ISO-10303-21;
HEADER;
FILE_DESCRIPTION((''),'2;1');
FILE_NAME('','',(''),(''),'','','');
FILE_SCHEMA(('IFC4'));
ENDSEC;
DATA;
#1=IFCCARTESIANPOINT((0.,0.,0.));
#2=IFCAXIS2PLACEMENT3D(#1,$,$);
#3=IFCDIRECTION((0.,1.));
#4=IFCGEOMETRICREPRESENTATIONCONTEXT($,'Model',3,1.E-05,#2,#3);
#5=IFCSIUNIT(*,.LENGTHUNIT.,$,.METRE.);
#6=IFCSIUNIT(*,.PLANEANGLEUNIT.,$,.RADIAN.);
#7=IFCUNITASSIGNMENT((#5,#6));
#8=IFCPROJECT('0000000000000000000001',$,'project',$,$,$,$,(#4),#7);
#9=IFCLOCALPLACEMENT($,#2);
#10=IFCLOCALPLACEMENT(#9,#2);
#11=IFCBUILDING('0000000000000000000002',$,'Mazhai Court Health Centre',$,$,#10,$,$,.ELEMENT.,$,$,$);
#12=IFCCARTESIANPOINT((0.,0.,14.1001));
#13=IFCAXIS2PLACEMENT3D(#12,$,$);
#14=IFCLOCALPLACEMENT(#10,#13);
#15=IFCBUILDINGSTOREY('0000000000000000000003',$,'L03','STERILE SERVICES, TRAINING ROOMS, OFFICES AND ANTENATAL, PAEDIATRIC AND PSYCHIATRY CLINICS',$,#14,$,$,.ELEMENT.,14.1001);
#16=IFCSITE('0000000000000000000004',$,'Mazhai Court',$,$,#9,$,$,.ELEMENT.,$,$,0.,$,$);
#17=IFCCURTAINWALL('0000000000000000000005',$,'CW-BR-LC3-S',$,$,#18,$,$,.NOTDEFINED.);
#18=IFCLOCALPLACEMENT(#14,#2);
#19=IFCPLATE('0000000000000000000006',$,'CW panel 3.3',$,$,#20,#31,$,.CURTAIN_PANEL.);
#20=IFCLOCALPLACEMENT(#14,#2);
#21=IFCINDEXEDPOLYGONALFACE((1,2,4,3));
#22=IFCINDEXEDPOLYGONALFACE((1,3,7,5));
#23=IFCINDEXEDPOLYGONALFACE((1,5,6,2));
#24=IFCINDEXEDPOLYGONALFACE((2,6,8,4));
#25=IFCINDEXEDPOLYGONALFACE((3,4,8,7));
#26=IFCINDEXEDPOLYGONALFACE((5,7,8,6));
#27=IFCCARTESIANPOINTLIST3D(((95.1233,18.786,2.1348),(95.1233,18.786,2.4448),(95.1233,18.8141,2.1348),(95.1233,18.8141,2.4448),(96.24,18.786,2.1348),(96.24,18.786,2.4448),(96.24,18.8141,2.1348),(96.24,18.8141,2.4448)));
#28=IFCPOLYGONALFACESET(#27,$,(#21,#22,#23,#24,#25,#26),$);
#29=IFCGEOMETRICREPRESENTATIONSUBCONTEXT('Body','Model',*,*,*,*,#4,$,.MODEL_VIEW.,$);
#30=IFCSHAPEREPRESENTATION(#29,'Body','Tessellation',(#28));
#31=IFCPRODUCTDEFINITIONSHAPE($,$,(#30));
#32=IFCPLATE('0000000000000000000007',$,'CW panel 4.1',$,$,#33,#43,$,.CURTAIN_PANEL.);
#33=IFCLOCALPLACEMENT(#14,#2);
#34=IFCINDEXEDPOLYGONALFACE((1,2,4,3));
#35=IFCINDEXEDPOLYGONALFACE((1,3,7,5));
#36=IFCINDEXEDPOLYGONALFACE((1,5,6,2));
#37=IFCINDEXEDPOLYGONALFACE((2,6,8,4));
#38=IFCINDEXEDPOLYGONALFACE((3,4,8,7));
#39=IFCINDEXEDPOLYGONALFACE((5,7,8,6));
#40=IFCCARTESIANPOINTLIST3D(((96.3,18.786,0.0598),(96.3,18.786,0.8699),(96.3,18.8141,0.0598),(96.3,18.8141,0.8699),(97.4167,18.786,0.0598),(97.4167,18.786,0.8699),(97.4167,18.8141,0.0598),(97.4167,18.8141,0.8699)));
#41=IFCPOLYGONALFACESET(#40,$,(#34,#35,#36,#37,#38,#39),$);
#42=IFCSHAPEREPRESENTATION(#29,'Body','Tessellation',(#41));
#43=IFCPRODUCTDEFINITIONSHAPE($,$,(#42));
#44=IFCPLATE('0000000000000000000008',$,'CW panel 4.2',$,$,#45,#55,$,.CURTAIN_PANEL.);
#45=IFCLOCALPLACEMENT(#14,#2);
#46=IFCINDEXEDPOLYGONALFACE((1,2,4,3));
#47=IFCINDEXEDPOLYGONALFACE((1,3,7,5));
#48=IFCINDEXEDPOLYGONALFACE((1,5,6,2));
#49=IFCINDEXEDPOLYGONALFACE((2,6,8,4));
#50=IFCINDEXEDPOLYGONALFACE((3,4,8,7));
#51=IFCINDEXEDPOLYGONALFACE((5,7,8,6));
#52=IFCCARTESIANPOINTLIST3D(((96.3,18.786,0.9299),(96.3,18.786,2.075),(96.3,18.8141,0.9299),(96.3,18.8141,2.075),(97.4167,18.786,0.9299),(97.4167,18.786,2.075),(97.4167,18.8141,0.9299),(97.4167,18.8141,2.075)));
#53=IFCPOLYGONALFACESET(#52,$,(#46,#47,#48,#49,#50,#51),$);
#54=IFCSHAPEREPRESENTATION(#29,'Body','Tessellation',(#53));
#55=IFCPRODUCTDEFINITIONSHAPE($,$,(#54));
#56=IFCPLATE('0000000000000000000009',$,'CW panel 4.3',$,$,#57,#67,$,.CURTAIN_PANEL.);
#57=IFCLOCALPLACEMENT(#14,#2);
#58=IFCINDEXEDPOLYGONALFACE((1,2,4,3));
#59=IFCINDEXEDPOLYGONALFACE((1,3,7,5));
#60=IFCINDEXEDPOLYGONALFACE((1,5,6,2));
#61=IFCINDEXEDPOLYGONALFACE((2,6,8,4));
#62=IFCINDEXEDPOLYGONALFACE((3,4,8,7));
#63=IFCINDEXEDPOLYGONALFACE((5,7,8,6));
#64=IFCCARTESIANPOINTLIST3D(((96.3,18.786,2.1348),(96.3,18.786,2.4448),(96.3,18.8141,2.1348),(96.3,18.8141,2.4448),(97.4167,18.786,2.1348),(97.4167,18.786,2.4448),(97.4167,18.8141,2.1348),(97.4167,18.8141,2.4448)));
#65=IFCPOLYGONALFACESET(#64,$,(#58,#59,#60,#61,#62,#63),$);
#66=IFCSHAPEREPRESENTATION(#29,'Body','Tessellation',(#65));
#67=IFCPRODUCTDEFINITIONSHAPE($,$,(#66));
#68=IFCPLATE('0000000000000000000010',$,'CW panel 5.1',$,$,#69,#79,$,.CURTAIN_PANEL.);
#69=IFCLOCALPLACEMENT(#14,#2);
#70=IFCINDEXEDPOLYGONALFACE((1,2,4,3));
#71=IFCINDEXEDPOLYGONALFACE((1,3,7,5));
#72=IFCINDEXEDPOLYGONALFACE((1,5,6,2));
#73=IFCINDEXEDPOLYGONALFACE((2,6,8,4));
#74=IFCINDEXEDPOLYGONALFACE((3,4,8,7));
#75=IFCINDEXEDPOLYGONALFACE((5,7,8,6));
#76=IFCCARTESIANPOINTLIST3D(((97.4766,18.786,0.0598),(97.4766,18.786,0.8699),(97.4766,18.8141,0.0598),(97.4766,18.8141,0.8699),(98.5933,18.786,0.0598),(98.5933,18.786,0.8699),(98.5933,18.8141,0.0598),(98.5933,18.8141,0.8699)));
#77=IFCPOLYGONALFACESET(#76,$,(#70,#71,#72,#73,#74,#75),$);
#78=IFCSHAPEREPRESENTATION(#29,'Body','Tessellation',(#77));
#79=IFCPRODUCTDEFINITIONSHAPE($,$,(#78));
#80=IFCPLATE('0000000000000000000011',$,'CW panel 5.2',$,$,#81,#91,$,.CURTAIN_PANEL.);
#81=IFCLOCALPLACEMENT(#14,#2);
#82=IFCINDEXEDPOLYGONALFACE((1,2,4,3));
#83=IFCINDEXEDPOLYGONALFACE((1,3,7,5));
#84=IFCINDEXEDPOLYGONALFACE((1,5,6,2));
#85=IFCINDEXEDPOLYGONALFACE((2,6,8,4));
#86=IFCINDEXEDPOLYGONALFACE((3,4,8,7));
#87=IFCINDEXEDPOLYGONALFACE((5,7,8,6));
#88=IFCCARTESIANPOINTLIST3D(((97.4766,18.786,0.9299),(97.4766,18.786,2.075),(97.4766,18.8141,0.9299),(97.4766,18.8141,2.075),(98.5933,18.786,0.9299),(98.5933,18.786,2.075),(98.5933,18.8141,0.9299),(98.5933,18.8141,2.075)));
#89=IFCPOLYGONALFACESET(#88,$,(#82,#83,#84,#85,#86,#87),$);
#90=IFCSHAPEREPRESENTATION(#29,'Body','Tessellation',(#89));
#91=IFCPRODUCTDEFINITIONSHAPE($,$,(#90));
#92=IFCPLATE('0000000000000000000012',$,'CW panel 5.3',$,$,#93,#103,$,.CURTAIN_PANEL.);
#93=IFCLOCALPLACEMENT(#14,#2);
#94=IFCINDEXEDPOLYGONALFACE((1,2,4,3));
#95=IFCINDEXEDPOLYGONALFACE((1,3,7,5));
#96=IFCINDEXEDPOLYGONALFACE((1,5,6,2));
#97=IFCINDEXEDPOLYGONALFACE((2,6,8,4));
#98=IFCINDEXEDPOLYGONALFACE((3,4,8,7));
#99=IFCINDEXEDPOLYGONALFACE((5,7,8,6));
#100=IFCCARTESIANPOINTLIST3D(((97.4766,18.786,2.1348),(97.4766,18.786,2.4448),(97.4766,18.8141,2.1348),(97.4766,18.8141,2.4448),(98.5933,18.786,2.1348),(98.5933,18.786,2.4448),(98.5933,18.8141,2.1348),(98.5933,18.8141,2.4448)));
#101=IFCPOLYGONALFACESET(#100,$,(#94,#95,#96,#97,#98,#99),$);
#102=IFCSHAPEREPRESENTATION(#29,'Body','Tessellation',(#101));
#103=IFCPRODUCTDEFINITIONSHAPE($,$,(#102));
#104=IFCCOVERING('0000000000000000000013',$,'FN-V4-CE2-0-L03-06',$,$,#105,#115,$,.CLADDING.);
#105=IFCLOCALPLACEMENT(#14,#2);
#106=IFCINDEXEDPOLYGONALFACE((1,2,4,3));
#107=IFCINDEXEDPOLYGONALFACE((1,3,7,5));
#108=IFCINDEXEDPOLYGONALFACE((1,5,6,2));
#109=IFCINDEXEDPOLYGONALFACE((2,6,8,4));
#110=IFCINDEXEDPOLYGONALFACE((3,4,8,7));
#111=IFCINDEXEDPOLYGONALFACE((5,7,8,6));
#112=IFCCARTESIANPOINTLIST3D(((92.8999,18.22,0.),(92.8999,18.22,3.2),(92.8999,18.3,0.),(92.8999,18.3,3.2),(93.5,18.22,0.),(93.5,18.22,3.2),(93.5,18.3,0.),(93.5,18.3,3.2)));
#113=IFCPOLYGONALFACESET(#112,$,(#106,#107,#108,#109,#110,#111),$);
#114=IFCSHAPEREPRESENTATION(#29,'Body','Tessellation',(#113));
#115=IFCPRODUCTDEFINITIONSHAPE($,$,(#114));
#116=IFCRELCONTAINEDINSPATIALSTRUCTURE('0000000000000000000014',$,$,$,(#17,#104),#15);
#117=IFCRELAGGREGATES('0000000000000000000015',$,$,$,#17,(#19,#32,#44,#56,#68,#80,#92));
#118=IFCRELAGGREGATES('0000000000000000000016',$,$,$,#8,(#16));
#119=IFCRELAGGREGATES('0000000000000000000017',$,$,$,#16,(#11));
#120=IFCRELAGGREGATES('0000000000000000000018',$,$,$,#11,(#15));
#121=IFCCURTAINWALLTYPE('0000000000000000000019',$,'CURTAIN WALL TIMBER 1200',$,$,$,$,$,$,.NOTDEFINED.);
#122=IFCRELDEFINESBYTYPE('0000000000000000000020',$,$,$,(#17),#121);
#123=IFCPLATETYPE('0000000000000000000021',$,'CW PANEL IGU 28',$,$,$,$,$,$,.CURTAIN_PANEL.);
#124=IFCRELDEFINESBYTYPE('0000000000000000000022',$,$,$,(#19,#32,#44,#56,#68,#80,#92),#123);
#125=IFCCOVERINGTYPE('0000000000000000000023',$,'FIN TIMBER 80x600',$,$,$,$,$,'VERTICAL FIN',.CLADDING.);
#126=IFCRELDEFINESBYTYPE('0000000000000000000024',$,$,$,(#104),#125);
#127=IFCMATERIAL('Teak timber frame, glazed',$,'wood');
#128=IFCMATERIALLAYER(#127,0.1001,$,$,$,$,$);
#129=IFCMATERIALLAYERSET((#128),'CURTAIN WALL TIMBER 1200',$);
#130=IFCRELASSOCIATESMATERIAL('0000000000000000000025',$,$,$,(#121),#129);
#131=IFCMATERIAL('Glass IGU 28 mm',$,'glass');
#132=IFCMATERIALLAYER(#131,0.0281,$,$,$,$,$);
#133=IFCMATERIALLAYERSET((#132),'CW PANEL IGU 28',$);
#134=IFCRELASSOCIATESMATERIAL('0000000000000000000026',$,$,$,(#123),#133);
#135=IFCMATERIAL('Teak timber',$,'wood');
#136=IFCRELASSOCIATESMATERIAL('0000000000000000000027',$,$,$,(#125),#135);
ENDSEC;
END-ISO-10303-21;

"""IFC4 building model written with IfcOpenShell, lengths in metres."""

from ifc_helpers import new_model, si_unit, direction, frame, origin, origin_2d, place, context, subcontext, project, spatial, rectangle, extrude, material, layer, layer_set, type_object, element, aggregate, save


model = new_model("IFC4")

# Units and contexts
model_context = context("Model", 3, precision=1e-05, world=origin(), true_north=direction((0.0, 1.0)))
body_context = subcontext(model_context, "Body", "Model", "MODEL_VIEW")
ifc_project = project(units=[si_unit("LENGTHUNIT", "METRE"), si_unit("PLANEANGLEUNIT", "RADIAN")], contexts=[model_context])

# Site, building, storey
site_placement = place(None, origin())
site = spatial("IfcSite", under=ifc_project, at=site_placement, Name="Mazhai Court", CompositionType="ELEMENT", RefElevation=0.0)
building_placement = place(site_placement, origin())
building = spatial("IfcBuilding", under=site, at=building_placement, Name="Mazhai Court Health Centre", CompositionType="ELEMENT")
storey_placement = place(building_placement, frame((0.0, 0.0, 14.1001)))
storey = spatial("IfcBuildingStorey", under=building, at=storey_placement, Name="L03", Description="STERILE SERVICES, TRAINING ROOMS, OFFICES AND ANTENATAL, PAEDIATRIC AND PSYCHIATRY CLINICS", CompositionType="ELEMENT", Elevation=14.1001)

# Curtain wall, plates
ifc_material_1 = material(Name="Teak timber frame, glazed", Category="wood")
ifc_layer_1 = layer(ifc_material_1, 0.1001)
ifc_layer_set_1 = layer_set([ifc_layer_1], Name="CURTAIN WALL TIMBER 1200")
curtain_wall_type = type_object("IfcCurtainWallType", Name="CURTAIN WALL TIMBER 1200", PredefinedType="NOTDEFINED", material=ifc_layer_set_1)
curtain_wall_placement = place(storey_placement, origin())
curtain_wall = element("IfcCurtainWall", 1, at=curtain_wall_placement, inside=storey, type_object=curtain_wall_type, Name="CW-BR-LC3-S", PredefinedType="NOTDEFINED")
ifc_material_2 = material(Name="Glass IGU 28 mm", Category="glass")
ifc_layer_2 = layer(ifc_material_2, 0.0281)
ifc_layer_set_2 = layer_set([ifc_layer_2], Name="CW PANEL IGU 28")
plate_type = type_object("IfcPlateType", Name="CW PANEL IGU 28", PredefinedType="CURTAIN_PANEL", material=ifc_layer_set_2)
plate_1_placement = place(storey_placement, frame((95.6816, 18.8, 2.1348), z_axis=(0.0, 0.0, 1.0), x_axis=(1.0, 0.0, 0.0)))
plate_1 = element("IfcPlate", 2, at=plate_1_placement, type_object=plate_type, Name="CW panel 3.3", PredefinedType="CURTAIN_PANEL", context=body_context, shape_type="SweptSolid", body=[
    extrude(rectangle(XDim=1.1167, YDim=0.0281, at=origin_2d()), origin(), (0.0, 0.0, 1.0), 0.3101),
])
plate_2_placement = place(storey_placement, frame((96.8584, 18.8, 0.0598), z_axis=(0.0, 0.0, 1.0), x_axis=(1.0, 0.0, 0.0)))
plate_2 = element("IfcPlate", 3, at=plate_2_placement, type_object=plate_type, Name="CW panel 4.1", PredefinedType="CURTAIN_PANEL", context=body_context, shape_type="SweptSolid", body=[
    extrude(rectangle(XDim=1.1167, YDim=0.0281, at=origin_2d()), origin(), (0.0, 0.0, 1.0), 0.8101),
])
plate_3_placement = place(storey_placement, frame((96.8584, 18.8, 0.9299), z_axis=(0.0, 0.0, 1.0), x_axis=(1.0, 0.0, 0.0)))
plate_3 = element("IfcPlate", 4, at=plate_3_placement, type_object=plate_type, Name="CW panel 4.2", PredefinedType="CURTAIN_PANEL", context=body_context, shape_type="SweptSolid", body=[
    extrude(rectangle(XDim=1.1167, YDim=0.0281, at=origin_2d()), origin(), (0.0, 0.0, 1.0), 1.145),
])
plate_4_placement = place(storey_placement, frame((96.8584, 18.8, 2.1348), z_axis=(0.0, 0.0, 1.0), x_axis=(1.0, 0.0, 0.0)))
plate_4 = element("IfcPlate", 5, at=plate_4_placement, type_object=plate_type, Name="CW panel 4.3", PredefinedType="CURTAIN_PANEL", context=body_context, shape_type="SweptSolid", body=[
    extrude(rectangle(XDim=1.1167, YDim=0.0281, at=origin_2d()), origin(), (0.0, 0.0, 1.0), 0.3101),
])
plate_5_placement = place(storey_placement, frame((98.0349, 18.8, 0.0598), z_axis=(0.0, 0.0, 1.0), x_axis=(1.0, 0.0, 0.0)))
plate_5 = element("IfcPlate", 6, at=plate_5_placement, type_object=plate_type, Name="CW panel 5.1", PredefinedType="CURTAIN_PANEL", context=body_context, shape_type="SweptSolid", body=[
    extrude(rectangle(XDim=1.1167, YDim=0.0281, at=origin_2d()), origin(), (0.0, 0.0, 1.0), 0.8101),
])
plate_6_placement = place(storey_placement, frame((98.0349, 18.8, 0.9299), z_axis=(0.0, 0.0, 1.0), x_axis=(1.0, 0.0, 0.0)))
plate_6 = element("IfcPlate", 7, at=plate_6_placement, type_object=plate_type, Name="CW panel 5.2", PredefinedType="CURTAIN_PANEL", context=body_context, shape_type="SweptSolid", body=[
    extrude(rectangle(XDim=1.1167, YDim=0.0281, at=origin_2d()), origin(), (0.0, 0.0, 1.0), 1.145),
])
plate_7_placement = place(storey_placement, frame((98.0349, 18.8, 2.1348), z_axis=(0.0, 0.0, 1.0), x_axis=(1.0, 0.0, 0.0)))
plate_7 = element("IfcPlate", 8, at=plate_7_placement, type_object=plate_type, Name="CW panel 5.3", PredefinedType="CURTAIN_PANEL", context=body_context, shape_type="SweptSolid", body=[
    extrude(rectangle(XDim=1.1167, YDim=0.0281, at=origin_2d()), origin(), (0.0, 0.0, 1.0), 0.3101),
])
aggregate(curtain_wall, [plate_1, plate_2, plate_3, plate_4, plate_5, plate_6, plate_7])

# Covering
ifc_material_3 = material(Name="Teak timber", Category="wood")
covering_type = type_object("IfcCoveringType", Name="FIN TIMBER 80x600", ElementType="VERTICAL FIN", PredefinedType="CLADDING", material=ifc_material_3)
covering_placement = place(storey_placement, frame((93.2, 18.26, 0.0), z_axis=(0.0, 0.0, 1.0), x_axis=(0.0, 1.0, 0.0)))
element("IfcCovering", 9, at=covering_placement, inside=storey, type_object=covering_type, Name="FN-V4-CE2-0-L03-06", PredefinedType="CLADDING", context=body_context, shape_type="SweptSolid", body=[
    extrude(rectangle(XDim=0.0801, YDim=0.6001, at=origin_2d()), origin(), (0.0, 0.0, 1.0), 3.2),
])

save(model, "model.ifc")
